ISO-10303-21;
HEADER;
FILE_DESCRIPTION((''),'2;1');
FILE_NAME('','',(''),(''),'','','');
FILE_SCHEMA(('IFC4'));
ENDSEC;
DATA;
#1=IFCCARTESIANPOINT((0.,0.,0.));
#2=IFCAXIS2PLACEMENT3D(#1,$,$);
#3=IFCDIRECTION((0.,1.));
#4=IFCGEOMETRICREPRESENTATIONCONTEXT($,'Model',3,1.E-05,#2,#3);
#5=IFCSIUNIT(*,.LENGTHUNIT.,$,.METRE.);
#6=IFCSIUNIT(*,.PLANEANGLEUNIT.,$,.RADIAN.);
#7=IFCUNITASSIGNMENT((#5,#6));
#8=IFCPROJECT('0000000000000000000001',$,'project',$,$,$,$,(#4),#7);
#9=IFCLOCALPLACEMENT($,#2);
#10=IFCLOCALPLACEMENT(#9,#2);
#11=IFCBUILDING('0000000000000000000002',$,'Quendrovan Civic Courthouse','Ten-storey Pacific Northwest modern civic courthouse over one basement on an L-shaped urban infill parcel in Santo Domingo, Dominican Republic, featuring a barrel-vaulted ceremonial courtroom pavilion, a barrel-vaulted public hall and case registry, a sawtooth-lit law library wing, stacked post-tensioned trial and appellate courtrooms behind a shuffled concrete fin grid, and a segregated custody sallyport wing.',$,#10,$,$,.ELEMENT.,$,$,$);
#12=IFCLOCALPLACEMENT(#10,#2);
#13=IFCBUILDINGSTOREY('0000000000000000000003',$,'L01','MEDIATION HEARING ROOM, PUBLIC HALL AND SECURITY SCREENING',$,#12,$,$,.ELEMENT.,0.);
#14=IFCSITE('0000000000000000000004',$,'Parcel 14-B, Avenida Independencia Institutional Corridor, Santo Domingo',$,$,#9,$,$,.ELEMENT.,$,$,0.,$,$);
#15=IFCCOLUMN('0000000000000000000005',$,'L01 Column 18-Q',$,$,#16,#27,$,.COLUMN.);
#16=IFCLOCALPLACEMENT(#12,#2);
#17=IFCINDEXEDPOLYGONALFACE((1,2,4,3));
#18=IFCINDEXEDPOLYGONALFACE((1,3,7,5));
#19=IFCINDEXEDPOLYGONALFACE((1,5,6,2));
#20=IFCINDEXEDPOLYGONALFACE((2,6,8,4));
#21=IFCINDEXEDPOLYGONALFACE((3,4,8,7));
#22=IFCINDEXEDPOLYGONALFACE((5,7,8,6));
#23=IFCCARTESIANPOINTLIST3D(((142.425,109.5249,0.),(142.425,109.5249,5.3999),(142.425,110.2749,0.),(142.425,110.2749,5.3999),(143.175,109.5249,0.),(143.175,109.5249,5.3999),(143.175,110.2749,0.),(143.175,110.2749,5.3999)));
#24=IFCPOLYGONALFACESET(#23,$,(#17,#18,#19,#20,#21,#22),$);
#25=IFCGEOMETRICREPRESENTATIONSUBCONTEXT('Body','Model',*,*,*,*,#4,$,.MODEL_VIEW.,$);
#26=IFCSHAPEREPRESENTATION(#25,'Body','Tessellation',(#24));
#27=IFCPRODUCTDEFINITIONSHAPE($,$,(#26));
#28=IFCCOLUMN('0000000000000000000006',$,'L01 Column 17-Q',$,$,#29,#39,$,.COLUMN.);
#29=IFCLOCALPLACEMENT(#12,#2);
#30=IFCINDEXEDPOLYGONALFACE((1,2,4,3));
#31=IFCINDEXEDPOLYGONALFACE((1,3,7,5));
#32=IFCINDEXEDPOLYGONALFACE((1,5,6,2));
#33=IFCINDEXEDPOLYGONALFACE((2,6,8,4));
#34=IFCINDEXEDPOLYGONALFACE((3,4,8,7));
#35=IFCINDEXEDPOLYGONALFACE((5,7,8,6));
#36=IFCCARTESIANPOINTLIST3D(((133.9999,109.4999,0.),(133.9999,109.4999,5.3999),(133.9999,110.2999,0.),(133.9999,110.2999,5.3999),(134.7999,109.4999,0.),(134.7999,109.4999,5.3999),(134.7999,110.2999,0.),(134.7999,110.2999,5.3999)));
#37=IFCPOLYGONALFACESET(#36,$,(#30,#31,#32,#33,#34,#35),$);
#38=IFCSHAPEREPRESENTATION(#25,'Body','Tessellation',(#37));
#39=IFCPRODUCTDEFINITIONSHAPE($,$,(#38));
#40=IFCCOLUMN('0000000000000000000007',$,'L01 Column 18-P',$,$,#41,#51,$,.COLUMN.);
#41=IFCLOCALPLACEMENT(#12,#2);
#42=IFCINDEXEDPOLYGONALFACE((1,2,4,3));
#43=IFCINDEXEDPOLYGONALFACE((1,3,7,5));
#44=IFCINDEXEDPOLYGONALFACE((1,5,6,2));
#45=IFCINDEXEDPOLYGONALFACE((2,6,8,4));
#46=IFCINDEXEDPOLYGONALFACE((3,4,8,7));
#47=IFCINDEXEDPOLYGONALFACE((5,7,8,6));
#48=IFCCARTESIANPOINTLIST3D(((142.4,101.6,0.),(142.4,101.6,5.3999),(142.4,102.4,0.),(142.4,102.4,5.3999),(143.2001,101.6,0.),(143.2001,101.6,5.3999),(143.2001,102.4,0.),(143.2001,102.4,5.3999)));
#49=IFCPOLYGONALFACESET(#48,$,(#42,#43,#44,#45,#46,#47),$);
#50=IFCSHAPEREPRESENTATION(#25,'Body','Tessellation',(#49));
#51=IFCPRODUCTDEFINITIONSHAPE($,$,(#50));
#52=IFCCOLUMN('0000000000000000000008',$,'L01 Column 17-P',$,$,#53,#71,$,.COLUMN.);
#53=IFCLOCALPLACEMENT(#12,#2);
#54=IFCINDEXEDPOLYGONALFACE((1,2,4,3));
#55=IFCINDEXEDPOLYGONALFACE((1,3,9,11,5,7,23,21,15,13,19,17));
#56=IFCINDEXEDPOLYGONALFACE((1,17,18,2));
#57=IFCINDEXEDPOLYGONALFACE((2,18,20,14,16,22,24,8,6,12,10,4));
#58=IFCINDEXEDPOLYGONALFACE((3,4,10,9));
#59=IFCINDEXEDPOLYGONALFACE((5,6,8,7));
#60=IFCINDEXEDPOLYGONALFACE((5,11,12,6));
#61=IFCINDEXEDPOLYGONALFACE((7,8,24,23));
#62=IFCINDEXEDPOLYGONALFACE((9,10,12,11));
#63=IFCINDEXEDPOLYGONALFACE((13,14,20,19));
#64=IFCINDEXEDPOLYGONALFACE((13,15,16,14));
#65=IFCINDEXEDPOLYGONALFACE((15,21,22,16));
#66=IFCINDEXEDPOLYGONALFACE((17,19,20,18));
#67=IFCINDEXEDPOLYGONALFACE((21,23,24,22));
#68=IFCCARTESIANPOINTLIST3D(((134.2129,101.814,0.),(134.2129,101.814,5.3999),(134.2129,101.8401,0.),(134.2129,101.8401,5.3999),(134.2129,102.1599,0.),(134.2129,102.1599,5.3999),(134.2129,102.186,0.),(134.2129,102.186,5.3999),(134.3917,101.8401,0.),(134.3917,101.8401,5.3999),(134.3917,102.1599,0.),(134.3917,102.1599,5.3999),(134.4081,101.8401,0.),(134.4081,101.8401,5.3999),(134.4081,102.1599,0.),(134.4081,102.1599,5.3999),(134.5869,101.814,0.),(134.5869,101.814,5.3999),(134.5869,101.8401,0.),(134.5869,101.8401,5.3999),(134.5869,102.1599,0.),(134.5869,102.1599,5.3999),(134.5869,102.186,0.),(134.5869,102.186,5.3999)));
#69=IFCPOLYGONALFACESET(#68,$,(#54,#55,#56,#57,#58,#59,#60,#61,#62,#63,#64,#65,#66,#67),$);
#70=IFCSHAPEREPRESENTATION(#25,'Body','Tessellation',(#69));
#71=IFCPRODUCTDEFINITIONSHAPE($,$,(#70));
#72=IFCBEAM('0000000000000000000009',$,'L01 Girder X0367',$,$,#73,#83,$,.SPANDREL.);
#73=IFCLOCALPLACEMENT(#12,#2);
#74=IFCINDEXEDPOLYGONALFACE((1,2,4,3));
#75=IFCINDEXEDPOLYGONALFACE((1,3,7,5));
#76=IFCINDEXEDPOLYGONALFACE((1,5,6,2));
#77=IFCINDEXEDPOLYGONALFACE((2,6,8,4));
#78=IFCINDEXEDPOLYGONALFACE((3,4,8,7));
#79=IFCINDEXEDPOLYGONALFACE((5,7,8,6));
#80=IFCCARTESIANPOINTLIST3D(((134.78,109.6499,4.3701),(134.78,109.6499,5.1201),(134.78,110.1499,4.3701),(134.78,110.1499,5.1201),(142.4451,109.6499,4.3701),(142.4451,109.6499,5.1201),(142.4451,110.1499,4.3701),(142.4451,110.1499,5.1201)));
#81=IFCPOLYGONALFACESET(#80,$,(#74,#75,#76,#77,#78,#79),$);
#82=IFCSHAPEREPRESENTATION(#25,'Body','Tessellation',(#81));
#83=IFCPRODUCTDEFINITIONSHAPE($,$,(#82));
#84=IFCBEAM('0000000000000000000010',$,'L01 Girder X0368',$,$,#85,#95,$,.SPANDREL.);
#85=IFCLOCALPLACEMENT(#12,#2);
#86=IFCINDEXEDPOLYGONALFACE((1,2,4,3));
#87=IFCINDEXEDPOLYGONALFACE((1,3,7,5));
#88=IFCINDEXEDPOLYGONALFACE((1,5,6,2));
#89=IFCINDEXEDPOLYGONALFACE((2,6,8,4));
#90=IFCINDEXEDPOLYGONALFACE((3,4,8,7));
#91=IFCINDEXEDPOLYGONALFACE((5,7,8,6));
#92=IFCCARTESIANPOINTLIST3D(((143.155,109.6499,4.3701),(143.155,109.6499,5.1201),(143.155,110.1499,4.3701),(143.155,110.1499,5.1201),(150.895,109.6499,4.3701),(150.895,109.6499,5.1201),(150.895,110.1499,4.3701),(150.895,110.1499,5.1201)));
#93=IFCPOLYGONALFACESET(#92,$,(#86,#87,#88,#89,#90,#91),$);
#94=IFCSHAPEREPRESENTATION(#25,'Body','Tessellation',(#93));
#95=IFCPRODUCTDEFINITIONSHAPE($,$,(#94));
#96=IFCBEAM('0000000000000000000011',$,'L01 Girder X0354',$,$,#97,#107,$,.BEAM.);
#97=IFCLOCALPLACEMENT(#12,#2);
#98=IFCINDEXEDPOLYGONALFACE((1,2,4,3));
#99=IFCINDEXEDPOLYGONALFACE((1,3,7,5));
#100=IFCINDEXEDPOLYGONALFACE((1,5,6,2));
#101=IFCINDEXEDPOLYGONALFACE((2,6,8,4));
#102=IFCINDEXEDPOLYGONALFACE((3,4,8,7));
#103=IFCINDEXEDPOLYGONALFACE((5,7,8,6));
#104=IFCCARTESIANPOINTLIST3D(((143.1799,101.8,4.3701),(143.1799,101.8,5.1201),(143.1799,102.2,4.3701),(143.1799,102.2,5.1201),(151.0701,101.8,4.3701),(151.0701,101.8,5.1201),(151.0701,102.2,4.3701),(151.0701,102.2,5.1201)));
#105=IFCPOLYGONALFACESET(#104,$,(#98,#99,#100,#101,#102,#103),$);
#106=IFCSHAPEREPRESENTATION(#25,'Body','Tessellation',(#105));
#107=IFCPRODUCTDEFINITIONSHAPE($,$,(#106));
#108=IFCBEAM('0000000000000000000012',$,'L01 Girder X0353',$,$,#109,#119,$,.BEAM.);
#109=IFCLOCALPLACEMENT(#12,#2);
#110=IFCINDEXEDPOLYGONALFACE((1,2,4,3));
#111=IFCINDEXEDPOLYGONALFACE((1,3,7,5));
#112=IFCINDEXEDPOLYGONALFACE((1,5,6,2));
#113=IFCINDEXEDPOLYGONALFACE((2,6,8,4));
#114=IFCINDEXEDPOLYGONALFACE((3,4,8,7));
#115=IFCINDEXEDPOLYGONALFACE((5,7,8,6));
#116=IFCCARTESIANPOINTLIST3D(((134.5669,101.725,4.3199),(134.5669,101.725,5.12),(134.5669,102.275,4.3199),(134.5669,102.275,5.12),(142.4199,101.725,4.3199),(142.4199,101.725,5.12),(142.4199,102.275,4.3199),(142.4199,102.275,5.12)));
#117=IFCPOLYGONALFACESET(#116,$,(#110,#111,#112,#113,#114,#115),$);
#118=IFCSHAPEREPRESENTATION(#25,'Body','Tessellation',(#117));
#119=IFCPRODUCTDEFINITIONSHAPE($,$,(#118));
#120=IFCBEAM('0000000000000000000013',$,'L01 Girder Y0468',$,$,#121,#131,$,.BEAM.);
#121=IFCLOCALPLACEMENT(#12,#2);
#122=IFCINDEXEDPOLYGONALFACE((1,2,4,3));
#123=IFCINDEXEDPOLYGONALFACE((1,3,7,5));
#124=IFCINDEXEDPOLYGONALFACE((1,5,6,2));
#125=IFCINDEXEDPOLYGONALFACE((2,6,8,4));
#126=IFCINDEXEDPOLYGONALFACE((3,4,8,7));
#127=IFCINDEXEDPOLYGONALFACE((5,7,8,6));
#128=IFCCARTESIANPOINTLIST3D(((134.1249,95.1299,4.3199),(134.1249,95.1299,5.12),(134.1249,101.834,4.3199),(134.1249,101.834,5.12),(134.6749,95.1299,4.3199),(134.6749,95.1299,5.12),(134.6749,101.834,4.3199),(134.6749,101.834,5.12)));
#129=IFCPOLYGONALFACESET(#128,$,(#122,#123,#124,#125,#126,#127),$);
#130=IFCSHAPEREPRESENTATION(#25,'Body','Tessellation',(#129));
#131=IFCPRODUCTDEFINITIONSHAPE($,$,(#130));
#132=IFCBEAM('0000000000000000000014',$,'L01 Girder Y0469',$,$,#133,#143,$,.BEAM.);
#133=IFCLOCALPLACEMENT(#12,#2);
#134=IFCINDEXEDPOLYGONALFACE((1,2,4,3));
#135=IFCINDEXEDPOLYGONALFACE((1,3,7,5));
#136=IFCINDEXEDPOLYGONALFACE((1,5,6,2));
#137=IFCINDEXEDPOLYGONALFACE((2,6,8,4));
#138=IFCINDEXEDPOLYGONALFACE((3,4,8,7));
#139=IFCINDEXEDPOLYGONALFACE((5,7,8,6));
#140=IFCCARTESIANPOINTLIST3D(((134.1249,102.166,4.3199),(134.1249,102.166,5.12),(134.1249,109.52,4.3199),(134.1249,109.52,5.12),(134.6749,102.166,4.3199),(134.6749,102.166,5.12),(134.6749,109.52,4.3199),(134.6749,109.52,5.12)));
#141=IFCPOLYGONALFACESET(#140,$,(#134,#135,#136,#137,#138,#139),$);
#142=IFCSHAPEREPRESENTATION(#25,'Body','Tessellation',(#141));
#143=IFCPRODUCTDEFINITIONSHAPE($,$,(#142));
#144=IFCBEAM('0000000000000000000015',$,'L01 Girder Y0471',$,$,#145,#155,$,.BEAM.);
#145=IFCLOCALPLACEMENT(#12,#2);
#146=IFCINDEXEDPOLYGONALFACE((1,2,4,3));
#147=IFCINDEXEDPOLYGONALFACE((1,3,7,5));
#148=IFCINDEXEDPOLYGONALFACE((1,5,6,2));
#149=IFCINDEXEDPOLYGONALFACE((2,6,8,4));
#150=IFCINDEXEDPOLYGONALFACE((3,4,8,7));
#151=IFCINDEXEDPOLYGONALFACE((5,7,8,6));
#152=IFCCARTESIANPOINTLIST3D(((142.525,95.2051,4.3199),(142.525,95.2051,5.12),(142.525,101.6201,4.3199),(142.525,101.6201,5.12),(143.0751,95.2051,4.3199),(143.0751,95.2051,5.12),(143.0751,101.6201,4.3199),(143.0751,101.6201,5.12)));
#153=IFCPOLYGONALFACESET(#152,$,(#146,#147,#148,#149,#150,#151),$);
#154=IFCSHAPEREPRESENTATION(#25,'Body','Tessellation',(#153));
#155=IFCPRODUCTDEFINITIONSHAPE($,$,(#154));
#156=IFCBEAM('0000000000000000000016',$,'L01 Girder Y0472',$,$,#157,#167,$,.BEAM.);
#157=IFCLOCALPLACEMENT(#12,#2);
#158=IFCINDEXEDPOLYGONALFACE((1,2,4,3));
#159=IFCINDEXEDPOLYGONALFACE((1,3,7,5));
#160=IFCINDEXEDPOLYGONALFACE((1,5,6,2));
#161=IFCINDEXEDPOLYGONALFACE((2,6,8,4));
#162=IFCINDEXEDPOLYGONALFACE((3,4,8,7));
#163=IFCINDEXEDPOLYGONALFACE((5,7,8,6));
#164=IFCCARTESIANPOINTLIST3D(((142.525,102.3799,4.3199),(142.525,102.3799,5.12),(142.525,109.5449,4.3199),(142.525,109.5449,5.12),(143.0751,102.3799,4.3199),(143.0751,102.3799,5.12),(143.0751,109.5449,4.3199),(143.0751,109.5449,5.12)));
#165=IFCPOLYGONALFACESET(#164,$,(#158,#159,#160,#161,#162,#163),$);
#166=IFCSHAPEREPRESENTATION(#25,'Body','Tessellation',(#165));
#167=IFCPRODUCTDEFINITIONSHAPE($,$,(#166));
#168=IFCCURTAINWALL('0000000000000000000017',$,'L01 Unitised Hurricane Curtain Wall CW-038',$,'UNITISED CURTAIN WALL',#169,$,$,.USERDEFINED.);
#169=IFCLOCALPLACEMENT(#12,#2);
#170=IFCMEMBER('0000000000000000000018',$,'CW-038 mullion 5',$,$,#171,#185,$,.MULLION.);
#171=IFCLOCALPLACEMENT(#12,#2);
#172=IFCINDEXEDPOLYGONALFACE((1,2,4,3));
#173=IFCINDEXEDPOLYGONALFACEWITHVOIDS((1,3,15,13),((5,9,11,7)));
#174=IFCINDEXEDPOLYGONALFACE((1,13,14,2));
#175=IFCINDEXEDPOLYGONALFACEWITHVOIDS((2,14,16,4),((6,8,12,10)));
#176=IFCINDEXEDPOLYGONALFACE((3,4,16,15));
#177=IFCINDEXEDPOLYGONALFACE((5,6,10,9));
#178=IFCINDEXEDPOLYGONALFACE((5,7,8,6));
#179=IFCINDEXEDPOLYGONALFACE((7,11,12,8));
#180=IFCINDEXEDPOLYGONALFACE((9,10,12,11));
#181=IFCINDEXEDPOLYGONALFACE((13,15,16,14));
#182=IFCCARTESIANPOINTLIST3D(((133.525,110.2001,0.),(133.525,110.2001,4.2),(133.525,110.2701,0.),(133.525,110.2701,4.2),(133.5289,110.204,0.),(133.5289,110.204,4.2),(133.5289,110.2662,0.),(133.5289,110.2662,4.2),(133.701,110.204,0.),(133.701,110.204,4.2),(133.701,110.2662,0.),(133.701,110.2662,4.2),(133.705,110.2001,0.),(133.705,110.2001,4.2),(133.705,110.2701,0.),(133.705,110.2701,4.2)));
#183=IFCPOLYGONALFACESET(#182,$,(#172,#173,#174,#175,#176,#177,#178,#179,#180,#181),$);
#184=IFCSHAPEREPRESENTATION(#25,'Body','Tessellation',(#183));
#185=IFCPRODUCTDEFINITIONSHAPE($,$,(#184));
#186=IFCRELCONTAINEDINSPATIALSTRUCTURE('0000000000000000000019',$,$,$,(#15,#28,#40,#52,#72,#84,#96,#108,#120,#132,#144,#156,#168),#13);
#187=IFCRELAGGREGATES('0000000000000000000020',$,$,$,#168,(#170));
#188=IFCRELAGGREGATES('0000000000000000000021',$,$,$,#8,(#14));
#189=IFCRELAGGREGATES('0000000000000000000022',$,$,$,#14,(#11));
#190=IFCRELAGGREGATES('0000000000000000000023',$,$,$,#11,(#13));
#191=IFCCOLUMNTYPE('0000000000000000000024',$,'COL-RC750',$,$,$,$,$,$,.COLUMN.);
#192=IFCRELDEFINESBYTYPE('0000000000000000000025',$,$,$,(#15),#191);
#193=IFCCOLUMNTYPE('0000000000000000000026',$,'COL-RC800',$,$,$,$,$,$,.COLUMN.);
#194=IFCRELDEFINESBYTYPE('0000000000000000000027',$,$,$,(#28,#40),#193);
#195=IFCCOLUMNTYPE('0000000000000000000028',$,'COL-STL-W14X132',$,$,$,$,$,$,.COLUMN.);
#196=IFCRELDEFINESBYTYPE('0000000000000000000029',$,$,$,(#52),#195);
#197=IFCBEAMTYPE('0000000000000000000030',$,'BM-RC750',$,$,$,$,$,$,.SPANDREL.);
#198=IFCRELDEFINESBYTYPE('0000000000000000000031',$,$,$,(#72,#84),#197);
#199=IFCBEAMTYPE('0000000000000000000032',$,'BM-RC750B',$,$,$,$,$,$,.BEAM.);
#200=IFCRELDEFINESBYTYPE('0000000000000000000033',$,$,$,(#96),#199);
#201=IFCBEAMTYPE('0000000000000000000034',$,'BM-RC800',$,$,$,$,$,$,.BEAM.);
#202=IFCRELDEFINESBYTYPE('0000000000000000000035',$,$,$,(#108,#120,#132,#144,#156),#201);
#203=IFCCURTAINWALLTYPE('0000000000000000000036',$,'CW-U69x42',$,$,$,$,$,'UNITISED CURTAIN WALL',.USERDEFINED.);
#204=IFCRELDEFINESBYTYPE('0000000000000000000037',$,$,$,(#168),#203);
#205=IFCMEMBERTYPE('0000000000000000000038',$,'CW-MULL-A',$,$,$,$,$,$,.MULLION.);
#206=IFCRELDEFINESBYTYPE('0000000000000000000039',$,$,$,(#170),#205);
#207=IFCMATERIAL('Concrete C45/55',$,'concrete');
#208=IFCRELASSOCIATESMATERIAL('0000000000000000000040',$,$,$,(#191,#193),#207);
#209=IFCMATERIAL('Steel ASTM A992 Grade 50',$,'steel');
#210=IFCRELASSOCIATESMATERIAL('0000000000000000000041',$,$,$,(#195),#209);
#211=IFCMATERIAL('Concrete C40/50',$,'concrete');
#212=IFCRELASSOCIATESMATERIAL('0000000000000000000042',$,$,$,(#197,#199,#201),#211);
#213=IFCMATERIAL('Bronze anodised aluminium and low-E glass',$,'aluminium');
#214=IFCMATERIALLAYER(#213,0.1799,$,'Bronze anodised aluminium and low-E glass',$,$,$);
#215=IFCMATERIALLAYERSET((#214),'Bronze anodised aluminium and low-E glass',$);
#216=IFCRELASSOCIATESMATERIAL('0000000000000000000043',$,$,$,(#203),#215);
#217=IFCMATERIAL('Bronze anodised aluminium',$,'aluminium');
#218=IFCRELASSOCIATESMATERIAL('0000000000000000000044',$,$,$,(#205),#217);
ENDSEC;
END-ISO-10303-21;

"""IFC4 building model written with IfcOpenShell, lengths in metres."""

from ifc_helpers import new_model, si_unit, direction, frame, origin, origin_2d, place, context, subcontext, project, spatial, rectangle, hollow_rectangle, i_section, extrude, material, layer, layer_set, material_profile, profile_set, type_object, element, aggregate, save


model = new_model("IFC4")

# Units and contexts
model_context = context("Model", 3, precision=1e-05, world=origin(), true_north=direction((0.0, 1.0)))
body_context = subcontext(model_context, "Body", "Model", "MODEL_VIEW")
ifc_project = project(units=[si_unit("LENGTHUNIT", "METRE"), si_unit("PLANEANGLEUNIT", "RADIAN")], contexts=[model_context])

# Site, building, storey
site_placement = place(None, origin())
site = spatial("IfcSite", under=ifc_project, at=site_placement, Name="Parcel 14-B, Avenida Independencia Institutional Corridor, Santo Domingo", CompositionType="ELEMENT", RefElevation=0.0)
building_placement = place(site_placement, origin())
building = spatial("IfcBuilding", under=site, at=building_placement, Name="Quendrovan Civic Courthouse", Description="Ten-storey Pacific Northwest modern civic courthouse over one basement on an L-shaped urban infill parcel in Santo Domingo, Dominican Republic, featuring a barrel-vaulted ceremonial courtroom pavilion, a barrel-vaulted public hall and case registry, a sawtooth-lit law library wing, stacked post-tensioned trial and appellate courtrooms behind a shuffled concrete fin grid, and a segregated custody sallyport wing.", CompositionType="ELEMENT")
storey_placement = place(building_placement, origin())
storey = spatial("IfcBuildingStorey", under=building, at=storey_placement, Name="L01", Description="MEDIATION HEARING ROOM, PUBLIC HALL AND SECURITY SCREENING", CompositionType="ELEMENT", Elevation=0.0)

# Columns
ifc_material_1 = material(Name="Concrete C45/55", Category="concrete")
ifc_material_profile_1 = material_profile(ifc_material_1, rectangle(XDim=0.75, YDim=0.75, at=origin_2d()), Name="RC-COL-750x750")
ifc_profile_set_1 = profile_set([ifc_material_profile_1], Name="Concrete C45/55")
column_type_1 = type_object("IfcColumnType", Name="COL-RC750", PredefinedType="COLUMN", material=ifc_profile_set_1)
column_1_placement = place(storey_placement, frame((142.8, 109.8999, 0.0), z_axis=(0.0, 0.0, 1.0), x_axis=(1.0, 0.0, 0.0)))
element("IfcColumn", 1, at=column_1_placement, inside=storey, type_object=column_type_1, Name="L01 Column 18-Q", PredefinedType="COLUMN", context=body_context, shape_type="SweptSolid", body=[
    extrude(rectangle(XDim=0.75, YDim=0.75, at=origin_2d()), origin(), (0.0, 0.0, 1.0), 5.3999),
])
ifc_material_profile_2 = material_profile(ifc_material_1, rectangle(XDim=0.8, YDim=0.8, at=origin_2d()), Name="RC-COL-800x800")
ifc_profile_set_2 = profile_set([ifc_material_profile_2], Name="Concrete C45/55")
column_type_2 = type_object("IfcColumnType", Name="COL-RC800", PredefinedType="COLUMN", material=ifc_profile_set_2)
for number, where, z_axis, x_axis, name in (
    (2, (134.3999, 109.8999, 0.0), (0.0, 0.0, 1.0), (1.0, 0.0, 0.0), "L01 Column 17-Q"),
    (3, (142.8, 102.0, 0.0), (0.0, 0.0, 1.0), (1.0, 0.0, 0.0), "L01 Column 18-P"),
):
    element("IfcColumn", number, at=place(storey_placement, frame(where, z_axis=z_axis, x_axis=x_axis)), inside=storey, type_object=column_type_2, Name=name, PredefinedType="COLUMN", context=body_context, shape_type="SweptSolid", body=[
        extrude(rectangle(XDim=0.8, YDim=0.8, at=origin_2d()), origin(), (0.0, 0.0, 1.0), 5.3999),
    ])
ifc_material_2 = material(Name="Steel ASTM A992 Grade 50", Category="steel")
ifc_material_profile_3 = material_profile(ifc_material_2, i_section(OverallWidth=0.374, OverallDepth=0.3721, WebThickness=0.0164, FlangeThickness=0.0261, at=origin_2d()), Name="W14X132")
ifc_profile_set_3 = profile_set([ifc_material_profile_3], Name="Steel ASTM A992 Grade 50")
column_type_3 = type_object("IfcColumnType", Name="COL-STL-W14X132", PredefinedType="COLUMN", material=ifc_profile_set_3)
column_2_placement = place(storey_placement, frame((134.3999, 102.0, 0.0), z_axis=(0.0, 0.0, 1.0), x_axis=(1.0, 0.0, 0.0)))
element("IfcColumn", 4, at=column_2_placement, inside=storey, type_object=column_type_3, Name="L01 Column 17-P", PredefinedType="COLUMN", context=body_context, shape_type="SweptSolid", body=[
    extrude(i_section(OverallWidth=0.374, OverallDepth=0.3721, WebThickness=0.0164, FlangeThickness=0.0261, at=origin_2d()), origin(), (0.0, 0.0, 1.0), 5.3999),
])

# Beams
ifc_material_3 = material(Name="Concrete C40/50", Category="concrete")
ifc_material_profile_4 = material_profile(ifc_material_3, rectangle(XDim=0.5, YDim=0.75, at=origin_2d()), Name="RC-BM-500x750")
ifc_profile_set_4 = profile_set([ifc_material_profile_4], Name="Concrete C40/50")
beam_type_1 = type_object("IfcBeamType", Name="BM-RC750", PredefinedType="SPANDREL", material=ifc_profile_set_4)
beam_1_placement = place(storey_placement, frame((134.78, 109.8999, 4.7451), z_axis=(1.0, 0.0, 0.0), x_axis=(0.0, 1.0, 0.0)))
element("IfcBeam", 5, at=beam_1_placement, inside=storey, type_object=beam_type_1, Name="L01 Girder X0367", PredefinedType="SPANDREL", context=body_context, shape_type="SweptSolid", body=[
    extrude(rectangle(XDim=0.5, YDim=0.75, at=origin_2d()), origin(), (0.0, 0.0, 1.0), 7.665),
])
beam_2_placement = place(storey_placement, frame((143.155, 109.8999, 4.7451), z_axis=(1.0, 0.0, 0.0), x_axis=(0.0, 1.0, 0.0)))
element("IfcBeam", 6, at=beam_2_placement, inside=storey, type_object=beam_type_1, Name="L01 Girder X0368", PredefinedType="SPANDREL", context=body_context, shape_type="SweptSolid", body=[
    extrude(rectangle(XDim=0.5, YDim=0.75, at=origin_2d()), origin(), (0.0, 0.0, 1.0), 7.74),
])
ifc_material_profile_5 = material_profile(ifc_material_3, rectangle(XDim=0.3999, YDim=0.75, at=origin_2d()), Name="RC-BM-400x750")
ifc_profile_set_5 = profile_set([ifc_material_profile_5], Name="Concrete C40/50")
beam_type_2 = type_object("IfcBeamType", Name="BM-RC750B", PredefinedType="BEAM", material=ifc_profile_set_5)
beam_3_placement = place(storey_placement, frame((143.1799, 102.0, 4.7451), z_axis=(1.0, 0.0, 0.0), x_axis=(0.0, 1.0, 0.0)))
element("IfcBeam", 7, at=beam_3_placement, inside=storey, type_object=beam_type_2, Name="L01 Girder X0354", PredefinedType="BEAM", context=body_context, shape_type="SweptSolid", body=[
    extrude(rectangle(XDim=0.3999, YDim=0.75, at=origin_2d()), origin(), (0.0, 0.0, 1.0), 7.8901),
])
ifc_material_profile_6 = material_profile(ifc_material_3, rectangle(XDim=0.55, YDim=0.8, at=origin_2d()), Name="RC-BM-550x800")
ifc_profile_set_6 = profile_set([ifc_material_profile_6], Name="Concrete C40/50")
beam_type_3 = type_object("IfcBeamType", Name="BM-RC800", PredefinedType="BEAM", material=ifc_profile_set_6)
beam_4_placement = place(storey_placement, frame((134.5669, 102.0, 4.72), z_axis=(1.0, 0.0, 0.0), x_axis=(0.0, 1.0, 0.0)))
element("IfcBeam", 8, at=beam_4_placement, inside=storey, type_object=beam_type_3, Name="L01 Girder X0353", PredefinedType="BEAM", context=body_context, shape_type="SweptSolid", body=[
    extrude(rectangle(XDim=0.55, YDim=0.8, at=origin_2d()), origin(), (0.0, 0.0, 1.0), 7.853),
])
beam_5_placement = place(storey_placement, frame((134.3999, 95.1299, 4.72), z_axis=(0.0, 1.0, 0.0), x_axis=(-1.0, 0.0, 0.0)))
element("IfcBeam", 9, at=beam_5_placement, inside=storey, type_object=beam_type_3, Name="L01 Girder Y0468", PredefinedType="BEAM", context=body_context, shape_type="SweptSolid", body=[
    extrude(rectangle(XDim=0.55, YDim=0.8, at=origin_2d()), origin(), (0.0, 0.0, 1.0), 6.7041),
])
beam_6_placement = place(storey_placement, frame((134.3999, 102.166, 4.72), z_axis=(0.0, 1.0, 0.0), x_axis=(-1.0, 0.0, 0.0)))
element("IfcBeam", 10, at=beam_6_placement, inside=storey, type_object=beam_type_3, Name="L01 Girder Y0469", PredefinedType="BEAM", context=body_context, shape_type="SweptSolid", body=[
    extrude(rectangle(XDim=0.55, YDim=0.8, at=origin_2d()), origin(), (0.0, 0.0, 1.0), 7.354),
])
beam_7_placement = place(storey_placement, frame((142.8, 95.2051, 4.72), z_axis=(0.0, 1.0, 0.0), x_axis=(-1.0, 0.0, 0.0)))
element("IfcBeam", 11, at=beam_7_placement, inside=storey, type_object=beam_type_3, Name="L01 Girder Y0471", PredefinedType="BEAM", context=body_context, shape_type="SweptSolid", body=[
    extrude(rectangle(XDim=0.55, YDim=0.8, at=origin_2d()), origin(), (0.0, 0.0, 1.0), 6.415),
])
beam_8_placement = place(storey_placement, frame((142.8, 102.3799, 4.72), z_axis=(0.0, 1.0, 0.0), x_axis=(-1.0, 0.0, 0.0)))
element("IfcBeam", 12, at=beam_8_placement, inside=storey, type_object=beam_type_3, Name="L01 Girder Y0472", PredefinedType="BEAM", context=body_context, shape_type="SweptSolid", body=[
    extrude(rectangle(XDim=0.55, YDim=0.8, at=origin_2d()), origin(), (0.0, 0.0, 1.0), 7.165),
])

# Curtain wall, member
ifc_material_4 = material(Name="Bronze anodised aluminium and low-E glass", Category="aluminium")
ifc_layer_1 = layer(ifc_material_4, 0.1799, Name="Bronze anodised aluminium and low-E glass")
ifc_layer_set_1 = layer_set([ifc_layer_1], Name="Bronze anodised aluminium and low-E glass")
curtain_wall_type = type_object("IfcCurtainWallType", Name="CW-U69x42", ElementType="UNITISED CURTAIN WALL", PredefinedType="USERDEFINED", material=ifc_layer_set_1)
curtain_wall_1_placement = place(storey_placement, origin())
curtain_wall_1 = element("IfcCurtainWall", 13, at=curtain_wall_1_placement, inside=storey, type_object=curtain_wall_type, Name="L01 Unitised Hurricane Curtain Wall CW-038", ObjectType="UNITISED CURTAIN WALL", PredefinedType="USERDEFINED")
ifc_material_5 = material(Name="Bronze anodised aluminium", Category="aluminium")
ifc_material_profile_7 = material_profile(ifc_material_5, hollow_rectangle(XDim=0.0701, YDim=0.1799, WallThickness=0.0039, at=origin_2d()), Name="CW-MULL-70x180")
ifc_profile_set_7 = profile_set([ifc_material_profile_7], Name="Bronze anodised aluminium")
member_type_1 = type_object("IfcMemberType", Name="CW-MULL-A", PredefinedType="MULLION", material=ifc_profile_set_7)
member_1_placement = place(storey_placement, frame((133.615, 110.2351, 0.0), z_axis=(0.0, 0.0, 1.0), x_axis=(0.0, 1.0, 0.0)))
member_1 = element("IfcMember", 14, at=member_1_placement, type_object=member_type_1, Name="CW-038 mullion 5", PredefinedType="MULLION", context=body_context, shape_type="SweptSolid", body=[
    extrude(hollow_rectangle(XDim=0.0701, YDim=0.1799, WallThickness=0.0039, at=origin_2d()), origin(), (0.0, 0.0, 1.0), 4.2),
])

aggregate(curtain_wall_1, [member_1])

save(model, "model.ifc")
